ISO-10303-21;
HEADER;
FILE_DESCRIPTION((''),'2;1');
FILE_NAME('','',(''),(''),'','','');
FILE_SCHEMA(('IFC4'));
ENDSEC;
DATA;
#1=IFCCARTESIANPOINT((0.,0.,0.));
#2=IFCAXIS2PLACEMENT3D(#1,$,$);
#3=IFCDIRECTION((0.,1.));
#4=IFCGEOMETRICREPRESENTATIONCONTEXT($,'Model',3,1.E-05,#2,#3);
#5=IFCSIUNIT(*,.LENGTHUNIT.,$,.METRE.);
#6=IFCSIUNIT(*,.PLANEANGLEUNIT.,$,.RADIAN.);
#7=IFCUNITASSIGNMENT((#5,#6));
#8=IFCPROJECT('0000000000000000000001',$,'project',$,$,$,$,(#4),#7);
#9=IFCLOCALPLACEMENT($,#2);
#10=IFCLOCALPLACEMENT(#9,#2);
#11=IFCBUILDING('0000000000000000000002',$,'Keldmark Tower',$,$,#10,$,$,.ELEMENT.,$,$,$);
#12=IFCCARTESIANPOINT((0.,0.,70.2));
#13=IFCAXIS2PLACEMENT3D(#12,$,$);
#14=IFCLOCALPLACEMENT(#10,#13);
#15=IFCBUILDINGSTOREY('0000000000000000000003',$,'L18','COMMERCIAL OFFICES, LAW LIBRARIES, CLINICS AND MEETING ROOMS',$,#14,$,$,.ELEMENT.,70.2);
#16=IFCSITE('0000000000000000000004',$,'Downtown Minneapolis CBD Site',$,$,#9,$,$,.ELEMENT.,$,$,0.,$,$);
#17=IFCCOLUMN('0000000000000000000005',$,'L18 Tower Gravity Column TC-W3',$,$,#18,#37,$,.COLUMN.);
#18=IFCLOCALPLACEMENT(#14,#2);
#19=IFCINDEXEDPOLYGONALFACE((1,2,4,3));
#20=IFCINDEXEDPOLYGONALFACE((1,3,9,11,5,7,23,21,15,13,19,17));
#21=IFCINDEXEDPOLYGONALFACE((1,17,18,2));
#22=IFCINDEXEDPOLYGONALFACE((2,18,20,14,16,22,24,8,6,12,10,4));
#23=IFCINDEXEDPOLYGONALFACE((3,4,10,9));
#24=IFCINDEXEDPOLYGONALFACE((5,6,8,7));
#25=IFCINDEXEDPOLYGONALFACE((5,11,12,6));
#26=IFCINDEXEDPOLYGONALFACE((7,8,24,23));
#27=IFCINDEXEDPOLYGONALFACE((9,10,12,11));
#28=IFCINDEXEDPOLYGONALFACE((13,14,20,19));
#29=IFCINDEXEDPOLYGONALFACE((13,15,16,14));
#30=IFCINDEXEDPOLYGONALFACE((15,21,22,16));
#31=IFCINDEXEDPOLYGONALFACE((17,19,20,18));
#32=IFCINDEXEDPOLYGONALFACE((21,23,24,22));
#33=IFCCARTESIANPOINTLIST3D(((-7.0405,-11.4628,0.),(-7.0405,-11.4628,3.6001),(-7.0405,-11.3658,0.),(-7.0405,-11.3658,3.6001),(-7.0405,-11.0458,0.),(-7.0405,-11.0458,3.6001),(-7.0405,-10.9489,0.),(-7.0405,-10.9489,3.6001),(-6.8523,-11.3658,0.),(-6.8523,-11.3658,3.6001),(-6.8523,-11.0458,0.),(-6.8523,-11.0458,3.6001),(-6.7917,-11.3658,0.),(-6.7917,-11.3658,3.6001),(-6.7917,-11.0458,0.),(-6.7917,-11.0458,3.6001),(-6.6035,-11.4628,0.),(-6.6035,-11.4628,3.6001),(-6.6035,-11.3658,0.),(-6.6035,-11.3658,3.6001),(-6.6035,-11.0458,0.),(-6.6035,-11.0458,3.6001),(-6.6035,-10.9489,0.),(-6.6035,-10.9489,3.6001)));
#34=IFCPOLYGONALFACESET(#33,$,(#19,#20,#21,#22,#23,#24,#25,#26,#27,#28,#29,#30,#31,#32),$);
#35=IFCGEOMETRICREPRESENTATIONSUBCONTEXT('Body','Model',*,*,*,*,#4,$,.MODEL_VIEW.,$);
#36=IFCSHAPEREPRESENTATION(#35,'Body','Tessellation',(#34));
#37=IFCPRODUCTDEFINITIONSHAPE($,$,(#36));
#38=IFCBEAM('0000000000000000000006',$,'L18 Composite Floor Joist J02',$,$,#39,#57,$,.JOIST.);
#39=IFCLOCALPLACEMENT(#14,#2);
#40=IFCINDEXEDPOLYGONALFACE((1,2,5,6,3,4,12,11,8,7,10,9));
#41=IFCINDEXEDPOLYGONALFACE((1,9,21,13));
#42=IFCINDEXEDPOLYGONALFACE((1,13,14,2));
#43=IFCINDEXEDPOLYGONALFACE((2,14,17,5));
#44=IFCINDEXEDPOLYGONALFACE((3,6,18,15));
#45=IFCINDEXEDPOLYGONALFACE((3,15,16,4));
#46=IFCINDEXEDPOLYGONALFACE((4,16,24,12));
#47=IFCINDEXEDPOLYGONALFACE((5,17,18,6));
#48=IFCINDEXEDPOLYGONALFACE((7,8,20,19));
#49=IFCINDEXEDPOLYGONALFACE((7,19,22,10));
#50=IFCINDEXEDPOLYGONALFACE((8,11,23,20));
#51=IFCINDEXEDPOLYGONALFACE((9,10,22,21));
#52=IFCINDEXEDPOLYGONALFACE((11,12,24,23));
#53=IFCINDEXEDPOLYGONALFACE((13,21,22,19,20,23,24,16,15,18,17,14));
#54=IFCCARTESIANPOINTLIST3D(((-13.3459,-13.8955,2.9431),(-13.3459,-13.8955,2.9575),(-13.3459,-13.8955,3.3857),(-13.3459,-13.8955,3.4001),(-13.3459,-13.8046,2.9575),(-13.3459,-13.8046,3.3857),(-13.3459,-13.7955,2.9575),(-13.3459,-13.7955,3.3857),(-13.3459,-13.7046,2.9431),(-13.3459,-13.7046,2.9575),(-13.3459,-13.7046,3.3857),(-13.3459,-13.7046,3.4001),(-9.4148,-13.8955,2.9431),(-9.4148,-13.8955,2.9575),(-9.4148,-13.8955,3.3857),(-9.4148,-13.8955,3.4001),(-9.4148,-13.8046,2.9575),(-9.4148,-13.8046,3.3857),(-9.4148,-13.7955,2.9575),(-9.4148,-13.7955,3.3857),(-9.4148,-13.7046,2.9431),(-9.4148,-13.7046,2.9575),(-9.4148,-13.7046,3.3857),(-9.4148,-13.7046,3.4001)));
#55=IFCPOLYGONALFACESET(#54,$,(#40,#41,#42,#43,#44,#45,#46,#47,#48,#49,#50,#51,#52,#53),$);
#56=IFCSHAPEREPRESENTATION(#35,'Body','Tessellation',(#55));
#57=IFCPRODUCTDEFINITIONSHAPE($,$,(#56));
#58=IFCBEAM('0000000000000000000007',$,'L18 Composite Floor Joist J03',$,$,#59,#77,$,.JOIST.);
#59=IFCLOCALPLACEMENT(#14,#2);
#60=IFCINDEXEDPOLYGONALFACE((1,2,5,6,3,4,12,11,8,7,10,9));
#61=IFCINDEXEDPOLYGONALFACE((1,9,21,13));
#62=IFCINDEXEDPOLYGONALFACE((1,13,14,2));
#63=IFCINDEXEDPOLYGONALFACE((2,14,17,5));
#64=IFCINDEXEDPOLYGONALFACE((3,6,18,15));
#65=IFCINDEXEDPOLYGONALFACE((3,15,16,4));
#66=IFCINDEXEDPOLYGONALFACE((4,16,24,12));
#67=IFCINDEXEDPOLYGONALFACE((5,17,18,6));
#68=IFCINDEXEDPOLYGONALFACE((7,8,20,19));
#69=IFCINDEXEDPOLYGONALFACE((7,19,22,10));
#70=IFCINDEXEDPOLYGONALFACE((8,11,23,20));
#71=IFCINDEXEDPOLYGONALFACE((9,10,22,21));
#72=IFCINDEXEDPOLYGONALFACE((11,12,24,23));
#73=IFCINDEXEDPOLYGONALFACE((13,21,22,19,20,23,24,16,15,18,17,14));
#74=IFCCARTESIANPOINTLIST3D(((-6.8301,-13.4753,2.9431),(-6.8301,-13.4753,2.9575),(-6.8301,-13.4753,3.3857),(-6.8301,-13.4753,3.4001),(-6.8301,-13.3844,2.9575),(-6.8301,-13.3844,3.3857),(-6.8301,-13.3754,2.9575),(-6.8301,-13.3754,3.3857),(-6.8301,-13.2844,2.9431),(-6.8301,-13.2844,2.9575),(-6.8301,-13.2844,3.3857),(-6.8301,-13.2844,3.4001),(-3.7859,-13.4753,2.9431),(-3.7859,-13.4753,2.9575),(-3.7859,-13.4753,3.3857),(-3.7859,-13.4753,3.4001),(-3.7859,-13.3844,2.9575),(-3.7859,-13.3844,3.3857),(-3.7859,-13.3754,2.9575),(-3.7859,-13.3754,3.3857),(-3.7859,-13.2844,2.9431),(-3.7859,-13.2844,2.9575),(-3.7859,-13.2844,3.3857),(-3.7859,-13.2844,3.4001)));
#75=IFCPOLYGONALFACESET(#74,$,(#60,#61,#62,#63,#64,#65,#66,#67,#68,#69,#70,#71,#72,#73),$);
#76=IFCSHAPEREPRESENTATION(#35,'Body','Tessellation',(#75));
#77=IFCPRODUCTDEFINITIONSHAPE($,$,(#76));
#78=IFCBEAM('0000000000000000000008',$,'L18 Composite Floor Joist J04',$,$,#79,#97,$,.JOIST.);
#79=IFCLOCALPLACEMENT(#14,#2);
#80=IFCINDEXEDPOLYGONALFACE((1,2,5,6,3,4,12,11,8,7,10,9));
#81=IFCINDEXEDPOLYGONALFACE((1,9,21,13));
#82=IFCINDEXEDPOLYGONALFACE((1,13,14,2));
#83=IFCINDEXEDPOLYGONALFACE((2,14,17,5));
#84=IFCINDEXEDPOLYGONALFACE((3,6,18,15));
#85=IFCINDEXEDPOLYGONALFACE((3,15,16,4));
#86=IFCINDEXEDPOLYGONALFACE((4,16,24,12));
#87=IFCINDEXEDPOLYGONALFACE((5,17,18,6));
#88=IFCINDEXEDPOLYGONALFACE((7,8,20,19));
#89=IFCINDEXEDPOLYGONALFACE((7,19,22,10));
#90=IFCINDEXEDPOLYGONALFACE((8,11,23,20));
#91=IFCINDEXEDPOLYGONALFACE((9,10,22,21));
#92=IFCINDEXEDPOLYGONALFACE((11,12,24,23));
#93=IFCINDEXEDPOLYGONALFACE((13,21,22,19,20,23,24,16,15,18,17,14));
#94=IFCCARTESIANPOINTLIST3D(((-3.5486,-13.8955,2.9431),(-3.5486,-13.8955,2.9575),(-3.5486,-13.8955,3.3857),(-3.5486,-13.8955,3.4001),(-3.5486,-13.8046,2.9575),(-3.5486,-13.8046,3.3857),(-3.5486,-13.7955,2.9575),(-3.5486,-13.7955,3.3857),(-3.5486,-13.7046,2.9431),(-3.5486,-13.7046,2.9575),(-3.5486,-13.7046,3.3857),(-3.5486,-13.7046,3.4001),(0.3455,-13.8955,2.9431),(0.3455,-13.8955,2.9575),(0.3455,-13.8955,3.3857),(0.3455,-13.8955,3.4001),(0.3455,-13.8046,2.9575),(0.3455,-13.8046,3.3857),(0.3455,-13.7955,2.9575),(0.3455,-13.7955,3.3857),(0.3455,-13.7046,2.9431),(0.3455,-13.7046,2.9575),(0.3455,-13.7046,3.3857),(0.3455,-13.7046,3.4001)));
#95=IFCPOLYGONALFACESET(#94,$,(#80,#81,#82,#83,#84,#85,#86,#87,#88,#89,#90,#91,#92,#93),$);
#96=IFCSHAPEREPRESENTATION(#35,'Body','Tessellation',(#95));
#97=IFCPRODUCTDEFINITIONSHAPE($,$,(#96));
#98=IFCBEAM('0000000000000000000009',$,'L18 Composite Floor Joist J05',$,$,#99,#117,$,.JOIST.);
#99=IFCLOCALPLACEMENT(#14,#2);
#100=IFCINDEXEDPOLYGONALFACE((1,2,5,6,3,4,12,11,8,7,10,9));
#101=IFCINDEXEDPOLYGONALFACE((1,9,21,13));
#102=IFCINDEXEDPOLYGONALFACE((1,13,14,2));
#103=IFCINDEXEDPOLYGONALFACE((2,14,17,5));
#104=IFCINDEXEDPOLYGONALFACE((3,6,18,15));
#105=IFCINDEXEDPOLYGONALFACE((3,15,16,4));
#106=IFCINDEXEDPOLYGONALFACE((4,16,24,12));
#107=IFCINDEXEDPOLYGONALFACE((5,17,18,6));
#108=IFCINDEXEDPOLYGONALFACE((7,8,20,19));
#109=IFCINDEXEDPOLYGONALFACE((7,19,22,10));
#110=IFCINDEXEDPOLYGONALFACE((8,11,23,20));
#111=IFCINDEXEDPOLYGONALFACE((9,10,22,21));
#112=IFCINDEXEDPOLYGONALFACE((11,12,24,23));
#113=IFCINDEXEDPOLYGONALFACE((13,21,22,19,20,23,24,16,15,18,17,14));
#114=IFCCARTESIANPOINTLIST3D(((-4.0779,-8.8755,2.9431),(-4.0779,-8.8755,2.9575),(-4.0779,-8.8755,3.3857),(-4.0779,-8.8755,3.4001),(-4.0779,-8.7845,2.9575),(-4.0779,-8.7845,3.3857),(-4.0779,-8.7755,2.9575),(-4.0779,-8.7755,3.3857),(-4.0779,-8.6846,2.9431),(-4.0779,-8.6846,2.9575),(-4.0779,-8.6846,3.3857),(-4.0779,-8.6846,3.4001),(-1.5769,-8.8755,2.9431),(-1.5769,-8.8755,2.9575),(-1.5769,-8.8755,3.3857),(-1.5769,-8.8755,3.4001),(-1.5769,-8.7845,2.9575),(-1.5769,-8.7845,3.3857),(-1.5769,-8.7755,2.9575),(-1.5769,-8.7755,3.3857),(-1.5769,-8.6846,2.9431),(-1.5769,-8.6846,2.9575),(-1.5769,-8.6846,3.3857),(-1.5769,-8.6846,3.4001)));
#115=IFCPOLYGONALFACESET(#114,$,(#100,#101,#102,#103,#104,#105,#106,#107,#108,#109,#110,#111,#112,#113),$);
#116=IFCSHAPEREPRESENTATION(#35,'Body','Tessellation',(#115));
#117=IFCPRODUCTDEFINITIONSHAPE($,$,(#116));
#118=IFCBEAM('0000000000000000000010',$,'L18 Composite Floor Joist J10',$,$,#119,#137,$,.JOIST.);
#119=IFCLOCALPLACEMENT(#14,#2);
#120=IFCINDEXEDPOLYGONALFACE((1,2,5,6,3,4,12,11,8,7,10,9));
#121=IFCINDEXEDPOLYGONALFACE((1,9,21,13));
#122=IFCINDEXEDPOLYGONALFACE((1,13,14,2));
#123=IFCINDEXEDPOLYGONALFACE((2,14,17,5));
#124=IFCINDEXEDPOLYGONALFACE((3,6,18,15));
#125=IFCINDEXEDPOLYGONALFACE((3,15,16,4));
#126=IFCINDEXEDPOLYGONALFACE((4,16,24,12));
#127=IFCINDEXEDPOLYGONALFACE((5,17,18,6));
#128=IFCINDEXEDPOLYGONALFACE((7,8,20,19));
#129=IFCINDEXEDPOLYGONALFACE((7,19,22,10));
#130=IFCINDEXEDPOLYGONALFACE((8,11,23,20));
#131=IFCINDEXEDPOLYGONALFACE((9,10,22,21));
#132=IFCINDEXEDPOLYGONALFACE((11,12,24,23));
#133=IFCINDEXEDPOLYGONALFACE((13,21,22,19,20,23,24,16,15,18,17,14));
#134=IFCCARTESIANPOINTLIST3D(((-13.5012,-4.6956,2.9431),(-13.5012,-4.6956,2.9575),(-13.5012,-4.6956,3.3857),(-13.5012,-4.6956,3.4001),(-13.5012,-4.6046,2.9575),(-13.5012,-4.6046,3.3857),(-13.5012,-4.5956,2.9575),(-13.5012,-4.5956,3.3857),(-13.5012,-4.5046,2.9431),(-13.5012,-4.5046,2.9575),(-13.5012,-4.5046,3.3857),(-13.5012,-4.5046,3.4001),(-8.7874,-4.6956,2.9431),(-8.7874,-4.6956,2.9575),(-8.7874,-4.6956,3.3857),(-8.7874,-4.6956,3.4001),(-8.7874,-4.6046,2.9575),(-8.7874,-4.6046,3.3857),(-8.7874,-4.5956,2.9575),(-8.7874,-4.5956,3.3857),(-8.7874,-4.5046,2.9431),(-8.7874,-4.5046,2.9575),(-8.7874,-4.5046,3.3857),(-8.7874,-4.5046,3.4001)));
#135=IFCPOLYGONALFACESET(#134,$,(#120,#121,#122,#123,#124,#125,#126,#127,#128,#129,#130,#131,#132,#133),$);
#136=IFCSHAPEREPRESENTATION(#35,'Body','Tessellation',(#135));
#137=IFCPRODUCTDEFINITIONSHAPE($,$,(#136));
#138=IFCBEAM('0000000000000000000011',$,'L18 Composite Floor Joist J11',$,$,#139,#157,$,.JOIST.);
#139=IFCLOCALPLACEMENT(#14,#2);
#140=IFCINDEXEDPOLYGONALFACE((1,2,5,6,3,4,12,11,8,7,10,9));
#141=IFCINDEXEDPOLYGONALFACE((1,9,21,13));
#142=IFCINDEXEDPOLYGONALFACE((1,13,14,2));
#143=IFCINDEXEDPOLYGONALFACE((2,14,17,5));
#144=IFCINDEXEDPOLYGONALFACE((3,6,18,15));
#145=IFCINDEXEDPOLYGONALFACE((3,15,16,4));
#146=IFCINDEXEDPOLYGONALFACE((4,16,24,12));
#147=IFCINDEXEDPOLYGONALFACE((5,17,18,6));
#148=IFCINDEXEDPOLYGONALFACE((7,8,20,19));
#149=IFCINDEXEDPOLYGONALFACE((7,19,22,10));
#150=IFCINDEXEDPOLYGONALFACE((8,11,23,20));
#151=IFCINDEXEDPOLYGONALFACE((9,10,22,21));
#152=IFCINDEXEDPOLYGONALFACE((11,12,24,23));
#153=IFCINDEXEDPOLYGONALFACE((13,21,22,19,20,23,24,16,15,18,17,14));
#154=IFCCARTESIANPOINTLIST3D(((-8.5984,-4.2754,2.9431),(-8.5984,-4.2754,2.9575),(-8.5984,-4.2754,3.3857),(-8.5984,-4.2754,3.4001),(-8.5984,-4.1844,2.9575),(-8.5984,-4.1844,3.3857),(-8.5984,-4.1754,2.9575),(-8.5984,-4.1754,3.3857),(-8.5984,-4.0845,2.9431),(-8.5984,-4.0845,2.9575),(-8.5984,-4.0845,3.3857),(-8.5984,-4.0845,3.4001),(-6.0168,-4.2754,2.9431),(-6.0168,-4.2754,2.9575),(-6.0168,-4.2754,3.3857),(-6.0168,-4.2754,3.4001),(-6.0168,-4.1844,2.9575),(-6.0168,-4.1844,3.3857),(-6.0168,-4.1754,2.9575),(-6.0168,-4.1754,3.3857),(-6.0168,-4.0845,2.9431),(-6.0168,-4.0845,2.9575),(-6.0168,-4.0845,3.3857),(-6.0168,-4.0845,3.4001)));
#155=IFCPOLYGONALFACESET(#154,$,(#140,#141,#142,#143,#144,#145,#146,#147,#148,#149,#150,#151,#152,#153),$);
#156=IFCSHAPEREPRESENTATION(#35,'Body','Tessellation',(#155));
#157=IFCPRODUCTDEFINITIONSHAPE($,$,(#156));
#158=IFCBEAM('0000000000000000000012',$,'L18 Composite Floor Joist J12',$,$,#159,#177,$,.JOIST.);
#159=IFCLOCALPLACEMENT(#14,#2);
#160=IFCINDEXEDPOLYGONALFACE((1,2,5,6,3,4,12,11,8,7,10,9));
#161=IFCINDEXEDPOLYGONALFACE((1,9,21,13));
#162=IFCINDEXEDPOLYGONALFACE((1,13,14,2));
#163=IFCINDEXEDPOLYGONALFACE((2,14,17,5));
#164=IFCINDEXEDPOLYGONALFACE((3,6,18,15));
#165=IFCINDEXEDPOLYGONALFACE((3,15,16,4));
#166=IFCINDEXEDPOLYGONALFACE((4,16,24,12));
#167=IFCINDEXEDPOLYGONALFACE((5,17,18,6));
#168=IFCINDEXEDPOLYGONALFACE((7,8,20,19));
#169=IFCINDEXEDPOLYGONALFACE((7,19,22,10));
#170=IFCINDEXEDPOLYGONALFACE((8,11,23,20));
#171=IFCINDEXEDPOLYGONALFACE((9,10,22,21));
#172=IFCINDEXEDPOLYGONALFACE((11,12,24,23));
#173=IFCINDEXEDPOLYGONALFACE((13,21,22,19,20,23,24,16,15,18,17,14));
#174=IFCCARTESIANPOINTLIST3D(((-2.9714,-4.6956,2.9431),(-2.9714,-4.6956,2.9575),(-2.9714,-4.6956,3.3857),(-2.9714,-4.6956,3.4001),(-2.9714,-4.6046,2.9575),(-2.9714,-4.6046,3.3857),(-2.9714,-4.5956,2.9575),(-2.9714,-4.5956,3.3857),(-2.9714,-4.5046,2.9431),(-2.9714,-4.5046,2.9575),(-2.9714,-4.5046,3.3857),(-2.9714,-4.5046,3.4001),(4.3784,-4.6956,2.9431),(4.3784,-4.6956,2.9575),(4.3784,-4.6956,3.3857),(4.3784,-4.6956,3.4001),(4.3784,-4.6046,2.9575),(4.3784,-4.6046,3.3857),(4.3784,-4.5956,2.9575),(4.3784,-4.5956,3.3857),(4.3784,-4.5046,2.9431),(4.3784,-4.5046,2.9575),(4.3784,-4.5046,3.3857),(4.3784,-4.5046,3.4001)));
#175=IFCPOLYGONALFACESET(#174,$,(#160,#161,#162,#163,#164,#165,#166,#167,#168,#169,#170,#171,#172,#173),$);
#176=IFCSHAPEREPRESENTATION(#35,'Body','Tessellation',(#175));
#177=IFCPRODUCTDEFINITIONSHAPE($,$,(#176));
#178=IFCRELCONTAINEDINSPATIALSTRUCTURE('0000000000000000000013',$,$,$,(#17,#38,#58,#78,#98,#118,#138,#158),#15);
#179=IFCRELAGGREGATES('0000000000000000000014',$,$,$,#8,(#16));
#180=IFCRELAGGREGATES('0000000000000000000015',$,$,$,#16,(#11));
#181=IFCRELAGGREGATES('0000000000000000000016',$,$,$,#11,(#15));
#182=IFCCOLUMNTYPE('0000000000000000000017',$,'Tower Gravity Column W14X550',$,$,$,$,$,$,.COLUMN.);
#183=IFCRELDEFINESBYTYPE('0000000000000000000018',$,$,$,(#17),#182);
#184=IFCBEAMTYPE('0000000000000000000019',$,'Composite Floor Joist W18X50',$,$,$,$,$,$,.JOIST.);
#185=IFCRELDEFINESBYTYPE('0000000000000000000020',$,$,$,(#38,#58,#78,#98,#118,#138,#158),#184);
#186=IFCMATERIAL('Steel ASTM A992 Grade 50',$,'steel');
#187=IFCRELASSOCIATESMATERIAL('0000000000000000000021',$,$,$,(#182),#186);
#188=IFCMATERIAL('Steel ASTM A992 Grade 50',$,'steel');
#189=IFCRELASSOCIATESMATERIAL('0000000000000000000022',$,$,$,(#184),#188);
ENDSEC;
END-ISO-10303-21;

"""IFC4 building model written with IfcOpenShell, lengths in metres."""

from ifc_helpers import new_model, si_unit, direction, frame, origin, origin_2d, place, context, subcontext, project, spatial, i_section, extrude, material, material_profile, profile_set, type_object, element, save


model = new_model("IFC4")

# Units and contexts
model_context = context("Model", 3, precision=1e-05, world=origin(), true_north=direction((0.0, 1.0)))
body_context = subcontext(model_context, "Body", "Model", "MODEL_VIEW")
ifc_project = project(units=[si_unit("LENGTHUNIT", "METRE"), si_unit("PLANEANGLEUNIT", "RADIAN")], contexts=[model_context])

# Site, building, storey
site_placement = place(None, origin())
site = spatial("IfcSite", under=ifc_project, at=site_placement, Name="Downtown Minneapolis CBD Site", CompositionType="ELEMENT", RefElevation=0.0)
building_placement = place(site_placement, origin())
building = spatial("IfcBuilding", under=site, at=building_placement, Name="Keldmark Tower", CompositionType="ELEMENT")
storey_placement = place(building_placement, frame((0.0, 0.0, 70.2)))
storey = spatial("IfcBuildingStorey", under=building, at=storey_placement, Name="L18", Description="COMMERCIAL OFFICES, LAW LIBRARIES, CLINICS AND MEETING ROOMS", CompositionType="ELEMENT", Elevation=70.2)

# Column
ifc_material_1 = material(Name="Steel ASTM A992 Grade 50", Category="steel")
ifc_material_profile_1 = material_profile(ifc_material_1, i_section(OverallWidth=0.437, OverallDepth=0.5139, WebThickness=0.0605, FlangeThickness=0.0969, at=origin_2d()), Name="W14X550")
ifc_profile_set_1 = profile_set([ifc_material_profile_1], Name="Steel ASTM A992 Grade 50")
column_type = type_object("IfcColumnType", Name="Tower Gravity Column W14X550", PredefinedType="COLUMN", material=ifc_profile_set_1)
column_placement = place(storey_placement, frame((-6.822, -11.2058, 0.0), z_axis=(0.0, 0.0, 1.0), x_axis=(1.0, 0.0, 0.0)))
element("IfcColumn", 1, at=column_placement, inside=storey, type_object=column_type, Name="L18 Tower Gravity Column TC-W3", PredefinedType="COLUMN", context=body_context, shape_type="SweptSolid", body=[
    extrude(i_section(OverallWidth=0.437, OverallDepth=0.5139, WebThickness=0.0605, FlangeThickness=0.0969, at=origin_2d()), origin(), (0.0, 0.0, 1.0), 3.6001),
])

# Beams
ifc_material_2 = material(Name="Steel ASTM A992 Grade 50", Category="steel")
ifc_material_profile_2 = material_profile(ifc_material_2, i_section(OverallWidth=0.1909, OverallDepth=0.457, WebThickness=0.009, FlangeThickness=0.0144, at=origin_2d()), Name="W18X50")
ifc_profile_set_2 = profile_set([ifc_material_profile_2], Name="Steel ASTM A992 Grade 50")
beam_type_1 = type_object("IfcBeamType", Name="Composite Floor Joist W18X50", PredefinedType="JOIST", material=ifc_profile_set_2)
beam_1_placement = place(storey_placement, frame((-13.3459, -13.8, 3.1716), z_axis=(1.0, 0.0, 0.0), x_axis=(0.0, 1.0, 0.0)))
element("IfcBeam", 2, at=beam_1_placement, inside=storey, type_object=beam_type_1, Name="L18 Composite Floor Joist J02", PredefinedType="JOIST", context=body_context, shape_type="SweptSolid", body=[
    extrude(i_section(OverallWidth=0.1909, OverallDepth=0.457, WebThickness=0.009, FlangeThickness=0.0144, at=origin_2d()), origin(), (0.0, 0.0, 1.0), 3.9312),
])
beam_2_placement = place(storey_placement, frame((-6.8301, -13.3799, 3.1716), z_axis=(1.0, 0.0, 0.0), x_axis=(0.0, 1.0, 0.0)))
element("IfcBeam", 3, at=beam_2_placement, inside=storey, type_object=beam_type_1, Name="L18 Composite Floor Joist J03", PredefinedType="JOIST", context=body_context, shape_type="SweptSolid", body=[
    extrude(i_section(OverallWidth=0.1909, OverallDepth=0.457, WebThickness=0.009, FlangeThickness=0.0144, at=origin_2d()), origin(), (0.0, 0.0, 1.0), 3.0442),
])
beam_3_placement = place(storey_placement, frame((-3.5486, -13.8, 3.1716), z_axis=(1.0, 0.0, 0.0), x_axis=(0.0, 1.0, 0.0)))
element("IfcBeam", 4, at=beam_3_placement, inside=storey, type_object=beam_type_1, Name="L18 Composite Floor Joist J04", PredefinedType="JOIST", context=body_context, shape_type="SweptSolid", body=[
    extrude(i_section(OverallWidth=0.1909, OverallDepth=0.457, WebThickness=0.009, FlangeThickness=0.0144, at=origin_2d()), origin(), (0.0, 0.0, 1.0), 3.894),
])
beam_4_placement = place(storey_placement, frame((-4.0779, -8.78, 3.1716), z_axis=(1.0, 0.0, 0.0), x_axis=(0.0, 1.0, 0.0)))
element("IfcBeam", 5, at=beam_4_placement, inside=storey, type_object=beam_type_1, Name="L18 Composite Floor Joist J05", PredefinedType="JOIST", context=body_context, shape_type="SweptSolid", body=[
    extrude(i_section(OverallWidth=0.1909, OverallDepth=0.457, WebThickness=0.009, FlangeThickness=0.0144, at=origin_2d()), origin(), (0.0, 0.0, 1.0), 2.501),
])
beam_5_placement = place(storey_placement, frame((-13.5012, -4.6001, 3.1716), z_axis=(1.0, 0.0, 0.0), x_axis=(0.0, 1.0, 0.0)))
element("IfcBeam", 6, at=beam_5_placement, inside=storey, type_object=beam_type_1, Name="L18 Composite Floor Joist J10", PredefinedType="JOIST", context=body_context, shape_type="SweptSolid", body=[
    extrude(i_section(OverallWidth=0.1909, OverallDepth=0.457, WebThickness=0.009, FlangeThickness=0.0144, at=origin_2d()), origin(), (0.0, 0.0, 1.0), 4.7139),
])
beam_6_placement = place(storey_placement, frame((-8.5984, -4.1799, 3.1716), z_axis=(1.0, 0.0, 0.0), x_axis=(0.0, 1.0, 0.0)))
element("IfcBeam", 7, at=beam_6_placement, inside=storey, type_object=beam_type_1, Name="L18 Composite Floor Joist J11", PredefinedType="JOIST", context=body_context, shape_type="SweptSolid", body=[
    extrude(i_section(OverallWidth=0.1909, OverallDepth=0.457, WebThickness=0.009, FlangeThickness=0.0144, at=origin_2d()), origin(), (0.0, 0.0, 1.0), 2.5815),
])
beam_7_placement = place(storey_placement, frame((-2.9714, -4.6001, 3.1716), z_axis=(1.0, 0.0, 0.0), x_axis=(0.0, 1.0, 0.0)))
element("IfcBeam", 8, at=beam_7_placement, inside=storey, type_object=beam_type_1, Name="L18 Composite Floor Joist J12", PredefinedType="JOIST", context=body_context, shape_type="SweptSolid", body=[
    extrude(i_section(OverallWidth=0.1909, OverallDepth=0.457, WebThickness=0.009, FlangeThickness=0.0144, at=origin_2d()), origin(), (0.0, 0.0, 1.0), 7.3499),
])

save(model, "model.ifc")
